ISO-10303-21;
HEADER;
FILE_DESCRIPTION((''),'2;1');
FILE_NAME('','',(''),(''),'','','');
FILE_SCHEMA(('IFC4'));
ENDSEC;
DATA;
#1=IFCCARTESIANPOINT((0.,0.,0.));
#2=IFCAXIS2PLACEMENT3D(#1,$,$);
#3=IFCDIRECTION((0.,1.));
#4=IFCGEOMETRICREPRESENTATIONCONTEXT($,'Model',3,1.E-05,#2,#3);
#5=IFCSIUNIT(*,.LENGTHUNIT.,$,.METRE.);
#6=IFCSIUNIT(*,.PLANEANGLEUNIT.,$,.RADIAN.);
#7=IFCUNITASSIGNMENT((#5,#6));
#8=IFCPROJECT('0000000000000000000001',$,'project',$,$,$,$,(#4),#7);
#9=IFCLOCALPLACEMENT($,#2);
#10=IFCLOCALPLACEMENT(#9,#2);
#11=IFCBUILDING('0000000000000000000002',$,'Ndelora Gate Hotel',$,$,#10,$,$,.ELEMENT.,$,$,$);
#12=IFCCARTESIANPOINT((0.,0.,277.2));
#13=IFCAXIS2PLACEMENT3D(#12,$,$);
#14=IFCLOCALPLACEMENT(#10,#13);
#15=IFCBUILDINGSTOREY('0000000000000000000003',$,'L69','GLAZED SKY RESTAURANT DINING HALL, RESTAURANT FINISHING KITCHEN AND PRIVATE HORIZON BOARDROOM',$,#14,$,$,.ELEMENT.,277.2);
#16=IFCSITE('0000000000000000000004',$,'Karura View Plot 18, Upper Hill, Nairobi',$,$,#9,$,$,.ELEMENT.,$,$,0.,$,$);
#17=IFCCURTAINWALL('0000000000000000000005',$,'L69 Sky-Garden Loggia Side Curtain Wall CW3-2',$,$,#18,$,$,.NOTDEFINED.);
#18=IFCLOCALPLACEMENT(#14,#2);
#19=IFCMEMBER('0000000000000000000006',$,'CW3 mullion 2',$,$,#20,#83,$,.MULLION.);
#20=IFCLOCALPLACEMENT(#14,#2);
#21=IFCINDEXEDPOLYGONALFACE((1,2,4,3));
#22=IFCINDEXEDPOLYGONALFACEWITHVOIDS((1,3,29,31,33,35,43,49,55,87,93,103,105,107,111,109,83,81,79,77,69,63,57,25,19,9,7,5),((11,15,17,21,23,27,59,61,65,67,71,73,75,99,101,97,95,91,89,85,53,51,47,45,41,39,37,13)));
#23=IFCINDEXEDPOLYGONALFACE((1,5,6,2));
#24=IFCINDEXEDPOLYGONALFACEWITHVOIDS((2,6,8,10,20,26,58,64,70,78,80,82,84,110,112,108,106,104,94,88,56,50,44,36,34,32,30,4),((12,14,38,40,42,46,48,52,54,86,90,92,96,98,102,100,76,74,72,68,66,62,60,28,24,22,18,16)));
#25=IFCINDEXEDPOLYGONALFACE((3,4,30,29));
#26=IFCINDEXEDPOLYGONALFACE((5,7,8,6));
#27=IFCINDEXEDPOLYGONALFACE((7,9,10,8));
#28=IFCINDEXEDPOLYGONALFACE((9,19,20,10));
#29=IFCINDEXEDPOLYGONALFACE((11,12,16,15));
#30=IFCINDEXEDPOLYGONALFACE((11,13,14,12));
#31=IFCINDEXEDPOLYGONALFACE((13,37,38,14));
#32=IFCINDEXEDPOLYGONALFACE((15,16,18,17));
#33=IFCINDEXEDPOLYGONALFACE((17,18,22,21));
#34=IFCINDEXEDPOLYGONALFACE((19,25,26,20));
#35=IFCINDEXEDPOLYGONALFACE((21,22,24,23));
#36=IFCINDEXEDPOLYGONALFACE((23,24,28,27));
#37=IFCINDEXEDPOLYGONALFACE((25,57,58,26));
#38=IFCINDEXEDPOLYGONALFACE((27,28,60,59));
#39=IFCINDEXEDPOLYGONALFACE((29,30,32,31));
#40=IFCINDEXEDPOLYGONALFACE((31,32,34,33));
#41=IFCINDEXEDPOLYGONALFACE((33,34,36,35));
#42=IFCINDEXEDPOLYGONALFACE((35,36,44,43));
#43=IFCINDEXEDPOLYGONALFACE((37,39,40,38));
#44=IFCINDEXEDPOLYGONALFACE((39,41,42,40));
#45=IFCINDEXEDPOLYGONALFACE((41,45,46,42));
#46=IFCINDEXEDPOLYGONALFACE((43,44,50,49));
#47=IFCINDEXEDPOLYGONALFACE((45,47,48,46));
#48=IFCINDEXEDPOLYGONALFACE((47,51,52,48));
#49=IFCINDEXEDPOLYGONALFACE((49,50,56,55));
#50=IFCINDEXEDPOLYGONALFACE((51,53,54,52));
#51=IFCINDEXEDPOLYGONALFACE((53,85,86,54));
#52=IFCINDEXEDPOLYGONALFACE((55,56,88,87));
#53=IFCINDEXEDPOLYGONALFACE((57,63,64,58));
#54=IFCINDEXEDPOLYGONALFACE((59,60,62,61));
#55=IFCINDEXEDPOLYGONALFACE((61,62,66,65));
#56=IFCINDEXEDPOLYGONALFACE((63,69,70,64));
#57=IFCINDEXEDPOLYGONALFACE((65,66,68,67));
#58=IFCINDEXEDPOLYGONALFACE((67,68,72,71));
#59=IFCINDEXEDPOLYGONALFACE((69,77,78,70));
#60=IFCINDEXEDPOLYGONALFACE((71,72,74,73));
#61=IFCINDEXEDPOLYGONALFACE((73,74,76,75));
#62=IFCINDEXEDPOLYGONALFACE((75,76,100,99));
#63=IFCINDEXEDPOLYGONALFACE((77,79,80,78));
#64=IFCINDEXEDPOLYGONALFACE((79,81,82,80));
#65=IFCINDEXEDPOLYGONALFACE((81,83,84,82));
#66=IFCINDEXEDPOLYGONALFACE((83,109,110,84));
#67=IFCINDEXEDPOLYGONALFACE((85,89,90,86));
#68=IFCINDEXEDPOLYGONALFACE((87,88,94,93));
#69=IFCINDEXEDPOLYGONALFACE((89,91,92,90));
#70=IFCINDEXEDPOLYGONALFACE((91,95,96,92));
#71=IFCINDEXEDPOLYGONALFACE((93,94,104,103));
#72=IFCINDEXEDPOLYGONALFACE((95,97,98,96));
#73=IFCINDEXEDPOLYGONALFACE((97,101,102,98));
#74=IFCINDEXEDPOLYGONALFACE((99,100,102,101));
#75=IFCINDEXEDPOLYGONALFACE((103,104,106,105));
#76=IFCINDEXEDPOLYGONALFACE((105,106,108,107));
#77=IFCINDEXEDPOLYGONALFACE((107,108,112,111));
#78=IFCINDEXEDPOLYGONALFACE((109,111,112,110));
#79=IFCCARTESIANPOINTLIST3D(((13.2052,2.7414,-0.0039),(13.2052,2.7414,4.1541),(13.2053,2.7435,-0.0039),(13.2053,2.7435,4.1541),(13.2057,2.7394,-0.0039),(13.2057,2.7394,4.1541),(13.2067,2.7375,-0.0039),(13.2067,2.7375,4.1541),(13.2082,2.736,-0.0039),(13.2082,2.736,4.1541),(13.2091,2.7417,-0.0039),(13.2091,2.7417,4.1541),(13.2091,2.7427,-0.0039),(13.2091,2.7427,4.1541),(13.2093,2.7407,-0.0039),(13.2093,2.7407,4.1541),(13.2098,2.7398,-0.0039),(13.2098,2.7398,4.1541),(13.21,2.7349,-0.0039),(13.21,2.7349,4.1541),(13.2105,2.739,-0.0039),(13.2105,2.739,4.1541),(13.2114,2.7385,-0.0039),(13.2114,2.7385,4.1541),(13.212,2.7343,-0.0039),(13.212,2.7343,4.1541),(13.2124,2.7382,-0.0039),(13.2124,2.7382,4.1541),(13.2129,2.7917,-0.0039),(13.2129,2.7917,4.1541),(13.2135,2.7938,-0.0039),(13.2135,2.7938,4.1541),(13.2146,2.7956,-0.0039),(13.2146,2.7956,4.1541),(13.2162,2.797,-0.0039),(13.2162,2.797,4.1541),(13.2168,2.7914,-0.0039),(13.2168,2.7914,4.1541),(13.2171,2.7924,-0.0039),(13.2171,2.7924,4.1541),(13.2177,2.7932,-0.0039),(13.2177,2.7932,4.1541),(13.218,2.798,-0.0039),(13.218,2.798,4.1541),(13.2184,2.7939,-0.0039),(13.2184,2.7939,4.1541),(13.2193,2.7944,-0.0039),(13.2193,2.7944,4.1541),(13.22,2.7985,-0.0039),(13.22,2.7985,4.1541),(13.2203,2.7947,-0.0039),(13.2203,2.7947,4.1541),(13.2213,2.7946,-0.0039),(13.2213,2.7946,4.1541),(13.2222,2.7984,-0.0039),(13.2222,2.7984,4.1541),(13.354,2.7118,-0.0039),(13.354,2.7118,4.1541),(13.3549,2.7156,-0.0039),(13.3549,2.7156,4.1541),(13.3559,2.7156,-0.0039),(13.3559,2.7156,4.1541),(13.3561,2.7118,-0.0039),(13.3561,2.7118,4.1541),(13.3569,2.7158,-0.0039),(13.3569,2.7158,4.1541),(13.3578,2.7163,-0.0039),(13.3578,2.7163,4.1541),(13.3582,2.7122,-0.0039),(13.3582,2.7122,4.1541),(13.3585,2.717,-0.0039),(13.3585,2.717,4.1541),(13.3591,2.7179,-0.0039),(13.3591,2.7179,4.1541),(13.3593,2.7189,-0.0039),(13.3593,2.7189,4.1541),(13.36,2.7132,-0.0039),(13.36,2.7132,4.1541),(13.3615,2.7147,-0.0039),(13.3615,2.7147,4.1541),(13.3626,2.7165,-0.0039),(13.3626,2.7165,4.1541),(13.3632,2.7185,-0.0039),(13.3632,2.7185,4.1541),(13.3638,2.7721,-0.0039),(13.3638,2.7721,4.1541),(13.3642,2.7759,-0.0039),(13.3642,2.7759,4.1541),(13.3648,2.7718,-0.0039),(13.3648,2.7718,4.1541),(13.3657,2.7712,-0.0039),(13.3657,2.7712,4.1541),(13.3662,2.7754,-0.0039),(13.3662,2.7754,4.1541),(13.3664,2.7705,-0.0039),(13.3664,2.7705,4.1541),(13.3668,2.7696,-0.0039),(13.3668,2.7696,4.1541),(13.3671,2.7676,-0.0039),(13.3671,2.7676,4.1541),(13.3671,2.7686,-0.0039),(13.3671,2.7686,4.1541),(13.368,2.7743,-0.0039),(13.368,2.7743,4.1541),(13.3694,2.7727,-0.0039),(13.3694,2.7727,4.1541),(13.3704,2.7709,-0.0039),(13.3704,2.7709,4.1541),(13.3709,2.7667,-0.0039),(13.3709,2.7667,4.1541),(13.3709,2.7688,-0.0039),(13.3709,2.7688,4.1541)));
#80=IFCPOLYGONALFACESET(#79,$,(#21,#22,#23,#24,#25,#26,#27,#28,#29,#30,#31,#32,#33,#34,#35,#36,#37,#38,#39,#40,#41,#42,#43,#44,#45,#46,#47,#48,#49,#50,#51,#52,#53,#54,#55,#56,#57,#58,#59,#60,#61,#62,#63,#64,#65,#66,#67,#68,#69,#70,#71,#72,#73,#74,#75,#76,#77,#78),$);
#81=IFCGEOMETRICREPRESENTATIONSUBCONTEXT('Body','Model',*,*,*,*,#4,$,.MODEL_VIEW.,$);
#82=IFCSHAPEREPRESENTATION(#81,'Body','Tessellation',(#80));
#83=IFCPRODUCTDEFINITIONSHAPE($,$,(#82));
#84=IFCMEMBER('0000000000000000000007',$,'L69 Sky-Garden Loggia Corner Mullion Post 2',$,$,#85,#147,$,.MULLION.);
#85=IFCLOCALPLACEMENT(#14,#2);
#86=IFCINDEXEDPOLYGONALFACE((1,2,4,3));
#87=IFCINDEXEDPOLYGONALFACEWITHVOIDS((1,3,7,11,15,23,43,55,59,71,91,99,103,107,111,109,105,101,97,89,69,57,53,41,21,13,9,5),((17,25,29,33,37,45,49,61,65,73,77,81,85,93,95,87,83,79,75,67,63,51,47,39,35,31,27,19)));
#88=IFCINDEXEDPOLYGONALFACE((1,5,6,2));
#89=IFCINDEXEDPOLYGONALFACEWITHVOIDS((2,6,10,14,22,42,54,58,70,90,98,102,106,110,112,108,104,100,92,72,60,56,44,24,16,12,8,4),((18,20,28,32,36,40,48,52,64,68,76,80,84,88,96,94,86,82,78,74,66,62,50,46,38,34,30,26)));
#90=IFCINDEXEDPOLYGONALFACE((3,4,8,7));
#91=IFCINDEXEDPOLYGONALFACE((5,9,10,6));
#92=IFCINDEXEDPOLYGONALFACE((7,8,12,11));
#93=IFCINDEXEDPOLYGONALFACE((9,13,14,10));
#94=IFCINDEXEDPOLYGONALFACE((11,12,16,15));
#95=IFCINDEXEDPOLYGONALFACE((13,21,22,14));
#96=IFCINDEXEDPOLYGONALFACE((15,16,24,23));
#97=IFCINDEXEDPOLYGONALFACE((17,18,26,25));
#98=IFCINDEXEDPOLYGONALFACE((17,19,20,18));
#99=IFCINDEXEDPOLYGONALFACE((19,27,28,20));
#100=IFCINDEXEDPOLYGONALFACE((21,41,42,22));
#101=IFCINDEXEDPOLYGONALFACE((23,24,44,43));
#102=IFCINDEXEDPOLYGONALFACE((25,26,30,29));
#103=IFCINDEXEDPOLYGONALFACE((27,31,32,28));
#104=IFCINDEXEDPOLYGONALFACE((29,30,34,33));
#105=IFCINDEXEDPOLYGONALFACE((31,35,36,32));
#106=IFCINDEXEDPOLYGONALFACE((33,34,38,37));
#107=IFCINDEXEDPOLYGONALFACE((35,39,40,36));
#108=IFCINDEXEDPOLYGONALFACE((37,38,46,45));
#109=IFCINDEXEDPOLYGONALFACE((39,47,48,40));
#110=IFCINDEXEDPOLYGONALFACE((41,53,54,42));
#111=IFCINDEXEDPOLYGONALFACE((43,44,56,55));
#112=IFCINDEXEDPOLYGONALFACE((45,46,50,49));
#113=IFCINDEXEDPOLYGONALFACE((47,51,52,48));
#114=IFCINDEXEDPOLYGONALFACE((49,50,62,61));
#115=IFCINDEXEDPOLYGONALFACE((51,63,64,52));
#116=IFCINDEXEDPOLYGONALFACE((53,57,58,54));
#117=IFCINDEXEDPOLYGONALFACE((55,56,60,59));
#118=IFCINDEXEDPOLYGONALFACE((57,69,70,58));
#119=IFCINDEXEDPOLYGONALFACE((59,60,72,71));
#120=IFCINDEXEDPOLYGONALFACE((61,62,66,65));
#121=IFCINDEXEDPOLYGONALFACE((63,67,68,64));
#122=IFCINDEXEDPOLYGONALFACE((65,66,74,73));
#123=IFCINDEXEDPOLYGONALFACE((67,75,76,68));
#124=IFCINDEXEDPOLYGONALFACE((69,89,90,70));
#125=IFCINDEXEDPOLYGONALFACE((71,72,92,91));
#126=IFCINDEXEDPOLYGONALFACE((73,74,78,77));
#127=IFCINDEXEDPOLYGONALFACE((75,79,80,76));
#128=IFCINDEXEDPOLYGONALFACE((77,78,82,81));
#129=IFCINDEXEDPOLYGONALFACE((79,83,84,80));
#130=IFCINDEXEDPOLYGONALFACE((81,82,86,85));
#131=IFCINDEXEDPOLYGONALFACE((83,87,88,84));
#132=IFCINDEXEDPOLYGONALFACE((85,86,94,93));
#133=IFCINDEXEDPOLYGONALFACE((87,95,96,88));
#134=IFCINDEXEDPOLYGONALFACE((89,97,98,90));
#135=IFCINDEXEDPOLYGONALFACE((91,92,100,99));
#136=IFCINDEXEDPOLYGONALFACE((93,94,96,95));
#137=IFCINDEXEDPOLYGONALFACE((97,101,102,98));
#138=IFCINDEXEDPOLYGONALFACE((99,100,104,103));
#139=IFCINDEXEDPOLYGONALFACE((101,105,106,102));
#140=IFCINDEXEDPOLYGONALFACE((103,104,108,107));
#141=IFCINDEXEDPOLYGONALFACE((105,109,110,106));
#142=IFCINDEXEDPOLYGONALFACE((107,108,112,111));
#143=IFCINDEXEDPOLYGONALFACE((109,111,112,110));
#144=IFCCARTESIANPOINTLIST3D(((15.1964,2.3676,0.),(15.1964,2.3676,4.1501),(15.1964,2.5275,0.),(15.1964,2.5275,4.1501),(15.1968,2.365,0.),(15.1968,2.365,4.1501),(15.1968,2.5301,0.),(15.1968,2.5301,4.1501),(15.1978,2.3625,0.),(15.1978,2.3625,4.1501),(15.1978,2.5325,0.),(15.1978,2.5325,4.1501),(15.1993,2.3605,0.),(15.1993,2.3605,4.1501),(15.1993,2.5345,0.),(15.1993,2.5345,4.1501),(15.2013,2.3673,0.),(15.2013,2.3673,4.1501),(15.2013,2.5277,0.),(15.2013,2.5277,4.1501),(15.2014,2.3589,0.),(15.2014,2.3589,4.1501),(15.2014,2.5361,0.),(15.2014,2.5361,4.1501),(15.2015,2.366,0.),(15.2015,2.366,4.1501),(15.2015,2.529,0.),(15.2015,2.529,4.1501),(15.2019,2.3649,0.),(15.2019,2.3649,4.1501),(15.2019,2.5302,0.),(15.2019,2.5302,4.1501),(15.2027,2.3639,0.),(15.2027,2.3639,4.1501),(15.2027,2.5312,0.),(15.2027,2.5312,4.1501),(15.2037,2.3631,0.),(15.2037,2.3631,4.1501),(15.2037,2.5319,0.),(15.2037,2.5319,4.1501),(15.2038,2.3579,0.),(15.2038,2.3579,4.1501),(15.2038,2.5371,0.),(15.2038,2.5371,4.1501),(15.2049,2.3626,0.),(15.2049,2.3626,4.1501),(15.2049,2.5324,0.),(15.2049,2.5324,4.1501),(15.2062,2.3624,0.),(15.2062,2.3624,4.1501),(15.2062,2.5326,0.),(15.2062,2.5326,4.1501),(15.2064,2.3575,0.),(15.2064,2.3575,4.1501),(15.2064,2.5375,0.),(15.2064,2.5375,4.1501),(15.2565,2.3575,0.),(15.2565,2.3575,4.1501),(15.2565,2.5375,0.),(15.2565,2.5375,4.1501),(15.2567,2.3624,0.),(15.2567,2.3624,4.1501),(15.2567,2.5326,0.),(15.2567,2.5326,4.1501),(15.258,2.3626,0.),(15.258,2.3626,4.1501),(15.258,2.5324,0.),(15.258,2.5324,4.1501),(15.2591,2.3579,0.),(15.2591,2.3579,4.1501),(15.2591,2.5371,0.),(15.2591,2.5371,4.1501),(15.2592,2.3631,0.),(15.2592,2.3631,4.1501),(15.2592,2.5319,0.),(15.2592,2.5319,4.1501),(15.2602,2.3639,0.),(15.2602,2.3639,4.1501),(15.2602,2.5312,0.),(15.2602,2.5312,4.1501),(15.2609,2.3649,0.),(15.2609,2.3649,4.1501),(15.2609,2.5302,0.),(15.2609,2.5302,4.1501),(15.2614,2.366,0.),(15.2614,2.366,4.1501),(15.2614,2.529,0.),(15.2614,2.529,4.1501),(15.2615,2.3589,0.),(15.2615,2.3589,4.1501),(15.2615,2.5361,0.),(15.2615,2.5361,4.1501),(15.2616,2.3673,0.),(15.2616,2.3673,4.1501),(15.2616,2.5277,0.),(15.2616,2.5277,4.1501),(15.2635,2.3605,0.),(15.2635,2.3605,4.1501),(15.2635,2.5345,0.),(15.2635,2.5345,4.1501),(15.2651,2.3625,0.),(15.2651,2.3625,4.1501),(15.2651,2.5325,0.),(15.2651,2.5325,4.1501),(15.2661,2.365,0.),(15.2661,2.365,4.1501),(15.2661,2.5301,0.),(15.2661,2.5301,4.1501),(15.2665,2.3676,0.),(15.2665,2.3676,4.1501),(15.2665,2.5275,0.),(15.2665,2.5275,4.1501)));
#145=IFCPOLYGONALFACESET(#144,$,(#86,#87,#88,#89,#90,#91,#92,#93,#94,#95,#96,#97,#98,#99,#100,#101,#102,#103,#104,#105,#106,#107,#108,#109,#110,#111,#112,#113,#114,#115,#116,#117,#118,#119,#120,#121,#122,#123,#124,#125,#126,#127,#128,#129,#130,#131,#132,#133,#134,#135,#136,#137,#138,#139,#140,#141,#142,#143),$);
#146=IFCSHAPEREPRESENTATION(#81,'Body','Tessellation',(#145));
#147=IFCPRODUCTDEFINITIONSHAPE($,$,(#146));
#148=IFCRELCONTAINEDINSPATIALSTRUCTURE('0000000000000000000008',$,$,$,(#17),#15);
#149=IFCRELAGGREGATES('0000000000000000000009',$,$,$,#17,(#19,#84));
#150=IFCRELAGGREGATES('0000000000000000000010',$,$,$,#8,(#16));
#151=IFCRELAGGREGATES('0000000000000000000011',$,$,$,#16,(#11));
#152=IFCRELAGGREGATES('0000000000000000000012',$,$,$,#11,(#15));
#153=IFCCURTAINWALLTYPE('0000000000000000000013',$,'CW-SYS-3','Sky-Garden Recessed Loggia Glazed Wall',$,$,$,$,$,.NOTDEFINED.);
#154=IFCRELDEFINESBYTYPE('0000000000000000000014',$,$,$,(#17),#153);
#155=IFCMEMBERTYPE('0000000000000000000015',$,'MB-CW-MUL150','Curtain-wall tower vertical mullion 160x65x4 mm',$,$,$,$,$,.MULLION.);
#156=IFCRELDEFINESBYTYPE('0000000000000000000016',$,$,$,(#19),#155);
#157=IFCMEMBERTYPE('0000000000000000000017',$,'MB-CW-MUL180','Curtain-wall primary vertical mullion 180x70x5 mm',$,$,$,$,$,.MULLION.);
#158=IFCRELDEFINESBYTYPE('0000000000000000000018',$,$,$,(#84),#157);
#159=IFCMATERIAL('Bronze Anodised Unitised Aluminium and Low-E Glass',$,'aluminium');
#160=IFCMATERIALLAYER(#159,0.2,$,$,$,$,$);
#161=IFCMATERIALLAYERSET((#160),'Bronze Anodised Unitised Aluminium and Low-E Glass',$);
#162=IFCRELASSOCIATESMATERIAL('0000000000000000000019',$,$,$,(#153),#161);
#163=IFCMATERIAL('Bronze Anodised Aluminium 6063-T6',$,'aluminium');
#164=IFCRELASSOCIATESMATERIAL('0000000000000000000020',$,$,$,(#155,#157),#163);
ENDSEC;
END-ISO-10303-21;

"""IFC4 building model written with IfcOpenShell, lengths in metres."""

from ifc_helpers import new_model, si_unit, direction, frame, origin, origin_2d, place, context, subcontext, project, spatial, hollow_rectangle, extrude, material, layer, layer_set, material_profile, profile_set, type_object, element, aggregate, save


model = new_model("IFC4")

# Units and contexts
model_context = context("Model", 3, precision=1e-05, world=origin(), true_north=direction((0.0, 1.0)))
body_context = subcontext(model_context, "Body", "Model", "MODEL_VIEW")
ifc_project = project(units=[si_unit("LENGTHUNIT", "METRE"), si_unit("PLANEANGLEUNIT", "RADIAN")], contexts=[model_context])

# Site, building, storey
site_placement = place(None, origin())
site = spatial("IfcSite", under=ifc_project, at=site_placement, Name="Karura View Plot 18, Upper Hill, Nairobi", CompositionType="ELEMENT", RefElevation=0.0)
building_placement = place(site_placement, origin())
building = spatial("IfcBuilding", under=site, at=building_placement, Name="Ndelora Gate Hotel", CompositionType="ELEMENT")
storey_placement = place(building_placement, frame((0.0, 0.0, 277.2)))
storey = spatial("IfcBuildingStorey", under=building, at=storey_placement, Name="L69", Description="GLAZED SKY RESTAURANT DINING HALL, RESTAURANT FINISHING KITCHEN AND PRIVATE HORIZON BOARDROOM", CompositionType="ELEMENT", Elevation=277.2)

# Curtain wall, members
ifc_material_1 = material(Name="Bronze Anodised Unitised Aluminium and Low-E Glass", Category="aluminium")
ifc_layer_1 = layer(ifc_material_1, 0.2)
ifc_layer_set_1 = layer_set([ifc_layer_1], Name="Bronze Anodised Unitised Aluminium and Low-E Glass")
curtain_wall_type = type_object("IfcCurtainWallType", Name="CW-SYS-3", Description="Sky-Garden Recessed Loggia Glazed Wall", PredefinedType="NOTDEFINED", material=ifc_layer_set_1)
curtain_wall_placement = place(storey_placement, origin())
curtain_wall = element("IfcCurtainWall", 1, at=curtain_wall_placement, inside=storey, type_object=curtain_wall_type, Name="L69 Sky-Garden Loggia Side Curtain Wall CW3-2", PredefinedType="NOTDEFINED")
ifc_material_2 = material(Name="Bronze Anodised Aluminium 6063-T6", Category="aluminium")
ifc_material_profile_1 = material_profile(ifc_material_2, hollow_rectangle(XDim=0.0649, YDim=0.1599, WallThickness=0.0039, InnerFilletRadius=0.0039, OuterFilletRadius=0.0081, at=origin_2d()), Name="ALU 160x65x4")
ifc_profile_set_1 = profile_set([ifc_material_profile_1], Name="Bronze Anodised Aluminium 6063-T6")
member_type_1 = type_object("IfcMemberType", Name="MB-CW-MUL150", Description="Curtain-wall tower vertical mullion 160x65x4 mm", PredefinedType="MULLION", material=ifc_profile_set_1)
member_1_placement = place(storey_placement, frame((13.2881, 2.7551, -0.0039), z_axis=(0.0, 0.0, 1.0), x_axis=(-0.156448, -0.987686, 0.0)))
member_1 = element("IfcMember", 2, at=member_1_placement, type_object=member_type_1, Name="CW3 mullion 2", PredefinedType="MULLION", context=body_context, shape_type="SweptSolid", body=[
    extrude(hollow_rectangle(XDim=0.0649, YDim=0.1599, WallThickness=0.0039, InnerFilletRadius=0.0039, OuterFilletRadius=0.0081, at=origin_2d()), origin(), (0.0, 0.0, 1.0), 4.158),
])
ifc_material_profile_2 = material_profile(ifc_material_2, hollow_rectangle(XDim=0.0701, YDim=0.1799, WallThickness=0.0049, InnerFilletRadius=0.0049, OuterFilletRadius=0.01, at=origin_2d()), Name="ALU 180x70x5")
ifc_profile_set_2 = profile_set([ifc_material_profile_2], Name="Bronze Anodised Aluminium 6063-T6")
member_type_2 = type_object("IfcMemberType", Name="MB-CW-MUL180", Description="Curtain-wall primary vertical mullion 180x70x5 mm", PredefinedType="MULLION", material=ifc_profile_set_2)
member_2_placement = place(storey_placement, frame((15.2314, 2.4475, 0.0), z_axis=(0.0, 0.0, 1.0), x_axis=(1.0, 0.0, 0.0)))
member_2 = element("IfcMember", 3, at=member_2_placement, type_object=member_type_2, Name="L69 Sky-Garden Loggia Corner Mullion Post 2", PredefinedType="MULLION", context=body_context, shape_type="SweptSolid", body=[
    extrude(hollow_rectangle(XDim=0.0701, YDim=0.1799, WallThickness=0.0049, InnerFilletRadius=0.0049, OuterFilletRadius=0.01, at=origin_2d()), origin(), (0.0, 0.0, 1.0), 4.1501),
])
aggregate(curtain_wall, [member_1, member_2])

save(model, "model.ifc")
